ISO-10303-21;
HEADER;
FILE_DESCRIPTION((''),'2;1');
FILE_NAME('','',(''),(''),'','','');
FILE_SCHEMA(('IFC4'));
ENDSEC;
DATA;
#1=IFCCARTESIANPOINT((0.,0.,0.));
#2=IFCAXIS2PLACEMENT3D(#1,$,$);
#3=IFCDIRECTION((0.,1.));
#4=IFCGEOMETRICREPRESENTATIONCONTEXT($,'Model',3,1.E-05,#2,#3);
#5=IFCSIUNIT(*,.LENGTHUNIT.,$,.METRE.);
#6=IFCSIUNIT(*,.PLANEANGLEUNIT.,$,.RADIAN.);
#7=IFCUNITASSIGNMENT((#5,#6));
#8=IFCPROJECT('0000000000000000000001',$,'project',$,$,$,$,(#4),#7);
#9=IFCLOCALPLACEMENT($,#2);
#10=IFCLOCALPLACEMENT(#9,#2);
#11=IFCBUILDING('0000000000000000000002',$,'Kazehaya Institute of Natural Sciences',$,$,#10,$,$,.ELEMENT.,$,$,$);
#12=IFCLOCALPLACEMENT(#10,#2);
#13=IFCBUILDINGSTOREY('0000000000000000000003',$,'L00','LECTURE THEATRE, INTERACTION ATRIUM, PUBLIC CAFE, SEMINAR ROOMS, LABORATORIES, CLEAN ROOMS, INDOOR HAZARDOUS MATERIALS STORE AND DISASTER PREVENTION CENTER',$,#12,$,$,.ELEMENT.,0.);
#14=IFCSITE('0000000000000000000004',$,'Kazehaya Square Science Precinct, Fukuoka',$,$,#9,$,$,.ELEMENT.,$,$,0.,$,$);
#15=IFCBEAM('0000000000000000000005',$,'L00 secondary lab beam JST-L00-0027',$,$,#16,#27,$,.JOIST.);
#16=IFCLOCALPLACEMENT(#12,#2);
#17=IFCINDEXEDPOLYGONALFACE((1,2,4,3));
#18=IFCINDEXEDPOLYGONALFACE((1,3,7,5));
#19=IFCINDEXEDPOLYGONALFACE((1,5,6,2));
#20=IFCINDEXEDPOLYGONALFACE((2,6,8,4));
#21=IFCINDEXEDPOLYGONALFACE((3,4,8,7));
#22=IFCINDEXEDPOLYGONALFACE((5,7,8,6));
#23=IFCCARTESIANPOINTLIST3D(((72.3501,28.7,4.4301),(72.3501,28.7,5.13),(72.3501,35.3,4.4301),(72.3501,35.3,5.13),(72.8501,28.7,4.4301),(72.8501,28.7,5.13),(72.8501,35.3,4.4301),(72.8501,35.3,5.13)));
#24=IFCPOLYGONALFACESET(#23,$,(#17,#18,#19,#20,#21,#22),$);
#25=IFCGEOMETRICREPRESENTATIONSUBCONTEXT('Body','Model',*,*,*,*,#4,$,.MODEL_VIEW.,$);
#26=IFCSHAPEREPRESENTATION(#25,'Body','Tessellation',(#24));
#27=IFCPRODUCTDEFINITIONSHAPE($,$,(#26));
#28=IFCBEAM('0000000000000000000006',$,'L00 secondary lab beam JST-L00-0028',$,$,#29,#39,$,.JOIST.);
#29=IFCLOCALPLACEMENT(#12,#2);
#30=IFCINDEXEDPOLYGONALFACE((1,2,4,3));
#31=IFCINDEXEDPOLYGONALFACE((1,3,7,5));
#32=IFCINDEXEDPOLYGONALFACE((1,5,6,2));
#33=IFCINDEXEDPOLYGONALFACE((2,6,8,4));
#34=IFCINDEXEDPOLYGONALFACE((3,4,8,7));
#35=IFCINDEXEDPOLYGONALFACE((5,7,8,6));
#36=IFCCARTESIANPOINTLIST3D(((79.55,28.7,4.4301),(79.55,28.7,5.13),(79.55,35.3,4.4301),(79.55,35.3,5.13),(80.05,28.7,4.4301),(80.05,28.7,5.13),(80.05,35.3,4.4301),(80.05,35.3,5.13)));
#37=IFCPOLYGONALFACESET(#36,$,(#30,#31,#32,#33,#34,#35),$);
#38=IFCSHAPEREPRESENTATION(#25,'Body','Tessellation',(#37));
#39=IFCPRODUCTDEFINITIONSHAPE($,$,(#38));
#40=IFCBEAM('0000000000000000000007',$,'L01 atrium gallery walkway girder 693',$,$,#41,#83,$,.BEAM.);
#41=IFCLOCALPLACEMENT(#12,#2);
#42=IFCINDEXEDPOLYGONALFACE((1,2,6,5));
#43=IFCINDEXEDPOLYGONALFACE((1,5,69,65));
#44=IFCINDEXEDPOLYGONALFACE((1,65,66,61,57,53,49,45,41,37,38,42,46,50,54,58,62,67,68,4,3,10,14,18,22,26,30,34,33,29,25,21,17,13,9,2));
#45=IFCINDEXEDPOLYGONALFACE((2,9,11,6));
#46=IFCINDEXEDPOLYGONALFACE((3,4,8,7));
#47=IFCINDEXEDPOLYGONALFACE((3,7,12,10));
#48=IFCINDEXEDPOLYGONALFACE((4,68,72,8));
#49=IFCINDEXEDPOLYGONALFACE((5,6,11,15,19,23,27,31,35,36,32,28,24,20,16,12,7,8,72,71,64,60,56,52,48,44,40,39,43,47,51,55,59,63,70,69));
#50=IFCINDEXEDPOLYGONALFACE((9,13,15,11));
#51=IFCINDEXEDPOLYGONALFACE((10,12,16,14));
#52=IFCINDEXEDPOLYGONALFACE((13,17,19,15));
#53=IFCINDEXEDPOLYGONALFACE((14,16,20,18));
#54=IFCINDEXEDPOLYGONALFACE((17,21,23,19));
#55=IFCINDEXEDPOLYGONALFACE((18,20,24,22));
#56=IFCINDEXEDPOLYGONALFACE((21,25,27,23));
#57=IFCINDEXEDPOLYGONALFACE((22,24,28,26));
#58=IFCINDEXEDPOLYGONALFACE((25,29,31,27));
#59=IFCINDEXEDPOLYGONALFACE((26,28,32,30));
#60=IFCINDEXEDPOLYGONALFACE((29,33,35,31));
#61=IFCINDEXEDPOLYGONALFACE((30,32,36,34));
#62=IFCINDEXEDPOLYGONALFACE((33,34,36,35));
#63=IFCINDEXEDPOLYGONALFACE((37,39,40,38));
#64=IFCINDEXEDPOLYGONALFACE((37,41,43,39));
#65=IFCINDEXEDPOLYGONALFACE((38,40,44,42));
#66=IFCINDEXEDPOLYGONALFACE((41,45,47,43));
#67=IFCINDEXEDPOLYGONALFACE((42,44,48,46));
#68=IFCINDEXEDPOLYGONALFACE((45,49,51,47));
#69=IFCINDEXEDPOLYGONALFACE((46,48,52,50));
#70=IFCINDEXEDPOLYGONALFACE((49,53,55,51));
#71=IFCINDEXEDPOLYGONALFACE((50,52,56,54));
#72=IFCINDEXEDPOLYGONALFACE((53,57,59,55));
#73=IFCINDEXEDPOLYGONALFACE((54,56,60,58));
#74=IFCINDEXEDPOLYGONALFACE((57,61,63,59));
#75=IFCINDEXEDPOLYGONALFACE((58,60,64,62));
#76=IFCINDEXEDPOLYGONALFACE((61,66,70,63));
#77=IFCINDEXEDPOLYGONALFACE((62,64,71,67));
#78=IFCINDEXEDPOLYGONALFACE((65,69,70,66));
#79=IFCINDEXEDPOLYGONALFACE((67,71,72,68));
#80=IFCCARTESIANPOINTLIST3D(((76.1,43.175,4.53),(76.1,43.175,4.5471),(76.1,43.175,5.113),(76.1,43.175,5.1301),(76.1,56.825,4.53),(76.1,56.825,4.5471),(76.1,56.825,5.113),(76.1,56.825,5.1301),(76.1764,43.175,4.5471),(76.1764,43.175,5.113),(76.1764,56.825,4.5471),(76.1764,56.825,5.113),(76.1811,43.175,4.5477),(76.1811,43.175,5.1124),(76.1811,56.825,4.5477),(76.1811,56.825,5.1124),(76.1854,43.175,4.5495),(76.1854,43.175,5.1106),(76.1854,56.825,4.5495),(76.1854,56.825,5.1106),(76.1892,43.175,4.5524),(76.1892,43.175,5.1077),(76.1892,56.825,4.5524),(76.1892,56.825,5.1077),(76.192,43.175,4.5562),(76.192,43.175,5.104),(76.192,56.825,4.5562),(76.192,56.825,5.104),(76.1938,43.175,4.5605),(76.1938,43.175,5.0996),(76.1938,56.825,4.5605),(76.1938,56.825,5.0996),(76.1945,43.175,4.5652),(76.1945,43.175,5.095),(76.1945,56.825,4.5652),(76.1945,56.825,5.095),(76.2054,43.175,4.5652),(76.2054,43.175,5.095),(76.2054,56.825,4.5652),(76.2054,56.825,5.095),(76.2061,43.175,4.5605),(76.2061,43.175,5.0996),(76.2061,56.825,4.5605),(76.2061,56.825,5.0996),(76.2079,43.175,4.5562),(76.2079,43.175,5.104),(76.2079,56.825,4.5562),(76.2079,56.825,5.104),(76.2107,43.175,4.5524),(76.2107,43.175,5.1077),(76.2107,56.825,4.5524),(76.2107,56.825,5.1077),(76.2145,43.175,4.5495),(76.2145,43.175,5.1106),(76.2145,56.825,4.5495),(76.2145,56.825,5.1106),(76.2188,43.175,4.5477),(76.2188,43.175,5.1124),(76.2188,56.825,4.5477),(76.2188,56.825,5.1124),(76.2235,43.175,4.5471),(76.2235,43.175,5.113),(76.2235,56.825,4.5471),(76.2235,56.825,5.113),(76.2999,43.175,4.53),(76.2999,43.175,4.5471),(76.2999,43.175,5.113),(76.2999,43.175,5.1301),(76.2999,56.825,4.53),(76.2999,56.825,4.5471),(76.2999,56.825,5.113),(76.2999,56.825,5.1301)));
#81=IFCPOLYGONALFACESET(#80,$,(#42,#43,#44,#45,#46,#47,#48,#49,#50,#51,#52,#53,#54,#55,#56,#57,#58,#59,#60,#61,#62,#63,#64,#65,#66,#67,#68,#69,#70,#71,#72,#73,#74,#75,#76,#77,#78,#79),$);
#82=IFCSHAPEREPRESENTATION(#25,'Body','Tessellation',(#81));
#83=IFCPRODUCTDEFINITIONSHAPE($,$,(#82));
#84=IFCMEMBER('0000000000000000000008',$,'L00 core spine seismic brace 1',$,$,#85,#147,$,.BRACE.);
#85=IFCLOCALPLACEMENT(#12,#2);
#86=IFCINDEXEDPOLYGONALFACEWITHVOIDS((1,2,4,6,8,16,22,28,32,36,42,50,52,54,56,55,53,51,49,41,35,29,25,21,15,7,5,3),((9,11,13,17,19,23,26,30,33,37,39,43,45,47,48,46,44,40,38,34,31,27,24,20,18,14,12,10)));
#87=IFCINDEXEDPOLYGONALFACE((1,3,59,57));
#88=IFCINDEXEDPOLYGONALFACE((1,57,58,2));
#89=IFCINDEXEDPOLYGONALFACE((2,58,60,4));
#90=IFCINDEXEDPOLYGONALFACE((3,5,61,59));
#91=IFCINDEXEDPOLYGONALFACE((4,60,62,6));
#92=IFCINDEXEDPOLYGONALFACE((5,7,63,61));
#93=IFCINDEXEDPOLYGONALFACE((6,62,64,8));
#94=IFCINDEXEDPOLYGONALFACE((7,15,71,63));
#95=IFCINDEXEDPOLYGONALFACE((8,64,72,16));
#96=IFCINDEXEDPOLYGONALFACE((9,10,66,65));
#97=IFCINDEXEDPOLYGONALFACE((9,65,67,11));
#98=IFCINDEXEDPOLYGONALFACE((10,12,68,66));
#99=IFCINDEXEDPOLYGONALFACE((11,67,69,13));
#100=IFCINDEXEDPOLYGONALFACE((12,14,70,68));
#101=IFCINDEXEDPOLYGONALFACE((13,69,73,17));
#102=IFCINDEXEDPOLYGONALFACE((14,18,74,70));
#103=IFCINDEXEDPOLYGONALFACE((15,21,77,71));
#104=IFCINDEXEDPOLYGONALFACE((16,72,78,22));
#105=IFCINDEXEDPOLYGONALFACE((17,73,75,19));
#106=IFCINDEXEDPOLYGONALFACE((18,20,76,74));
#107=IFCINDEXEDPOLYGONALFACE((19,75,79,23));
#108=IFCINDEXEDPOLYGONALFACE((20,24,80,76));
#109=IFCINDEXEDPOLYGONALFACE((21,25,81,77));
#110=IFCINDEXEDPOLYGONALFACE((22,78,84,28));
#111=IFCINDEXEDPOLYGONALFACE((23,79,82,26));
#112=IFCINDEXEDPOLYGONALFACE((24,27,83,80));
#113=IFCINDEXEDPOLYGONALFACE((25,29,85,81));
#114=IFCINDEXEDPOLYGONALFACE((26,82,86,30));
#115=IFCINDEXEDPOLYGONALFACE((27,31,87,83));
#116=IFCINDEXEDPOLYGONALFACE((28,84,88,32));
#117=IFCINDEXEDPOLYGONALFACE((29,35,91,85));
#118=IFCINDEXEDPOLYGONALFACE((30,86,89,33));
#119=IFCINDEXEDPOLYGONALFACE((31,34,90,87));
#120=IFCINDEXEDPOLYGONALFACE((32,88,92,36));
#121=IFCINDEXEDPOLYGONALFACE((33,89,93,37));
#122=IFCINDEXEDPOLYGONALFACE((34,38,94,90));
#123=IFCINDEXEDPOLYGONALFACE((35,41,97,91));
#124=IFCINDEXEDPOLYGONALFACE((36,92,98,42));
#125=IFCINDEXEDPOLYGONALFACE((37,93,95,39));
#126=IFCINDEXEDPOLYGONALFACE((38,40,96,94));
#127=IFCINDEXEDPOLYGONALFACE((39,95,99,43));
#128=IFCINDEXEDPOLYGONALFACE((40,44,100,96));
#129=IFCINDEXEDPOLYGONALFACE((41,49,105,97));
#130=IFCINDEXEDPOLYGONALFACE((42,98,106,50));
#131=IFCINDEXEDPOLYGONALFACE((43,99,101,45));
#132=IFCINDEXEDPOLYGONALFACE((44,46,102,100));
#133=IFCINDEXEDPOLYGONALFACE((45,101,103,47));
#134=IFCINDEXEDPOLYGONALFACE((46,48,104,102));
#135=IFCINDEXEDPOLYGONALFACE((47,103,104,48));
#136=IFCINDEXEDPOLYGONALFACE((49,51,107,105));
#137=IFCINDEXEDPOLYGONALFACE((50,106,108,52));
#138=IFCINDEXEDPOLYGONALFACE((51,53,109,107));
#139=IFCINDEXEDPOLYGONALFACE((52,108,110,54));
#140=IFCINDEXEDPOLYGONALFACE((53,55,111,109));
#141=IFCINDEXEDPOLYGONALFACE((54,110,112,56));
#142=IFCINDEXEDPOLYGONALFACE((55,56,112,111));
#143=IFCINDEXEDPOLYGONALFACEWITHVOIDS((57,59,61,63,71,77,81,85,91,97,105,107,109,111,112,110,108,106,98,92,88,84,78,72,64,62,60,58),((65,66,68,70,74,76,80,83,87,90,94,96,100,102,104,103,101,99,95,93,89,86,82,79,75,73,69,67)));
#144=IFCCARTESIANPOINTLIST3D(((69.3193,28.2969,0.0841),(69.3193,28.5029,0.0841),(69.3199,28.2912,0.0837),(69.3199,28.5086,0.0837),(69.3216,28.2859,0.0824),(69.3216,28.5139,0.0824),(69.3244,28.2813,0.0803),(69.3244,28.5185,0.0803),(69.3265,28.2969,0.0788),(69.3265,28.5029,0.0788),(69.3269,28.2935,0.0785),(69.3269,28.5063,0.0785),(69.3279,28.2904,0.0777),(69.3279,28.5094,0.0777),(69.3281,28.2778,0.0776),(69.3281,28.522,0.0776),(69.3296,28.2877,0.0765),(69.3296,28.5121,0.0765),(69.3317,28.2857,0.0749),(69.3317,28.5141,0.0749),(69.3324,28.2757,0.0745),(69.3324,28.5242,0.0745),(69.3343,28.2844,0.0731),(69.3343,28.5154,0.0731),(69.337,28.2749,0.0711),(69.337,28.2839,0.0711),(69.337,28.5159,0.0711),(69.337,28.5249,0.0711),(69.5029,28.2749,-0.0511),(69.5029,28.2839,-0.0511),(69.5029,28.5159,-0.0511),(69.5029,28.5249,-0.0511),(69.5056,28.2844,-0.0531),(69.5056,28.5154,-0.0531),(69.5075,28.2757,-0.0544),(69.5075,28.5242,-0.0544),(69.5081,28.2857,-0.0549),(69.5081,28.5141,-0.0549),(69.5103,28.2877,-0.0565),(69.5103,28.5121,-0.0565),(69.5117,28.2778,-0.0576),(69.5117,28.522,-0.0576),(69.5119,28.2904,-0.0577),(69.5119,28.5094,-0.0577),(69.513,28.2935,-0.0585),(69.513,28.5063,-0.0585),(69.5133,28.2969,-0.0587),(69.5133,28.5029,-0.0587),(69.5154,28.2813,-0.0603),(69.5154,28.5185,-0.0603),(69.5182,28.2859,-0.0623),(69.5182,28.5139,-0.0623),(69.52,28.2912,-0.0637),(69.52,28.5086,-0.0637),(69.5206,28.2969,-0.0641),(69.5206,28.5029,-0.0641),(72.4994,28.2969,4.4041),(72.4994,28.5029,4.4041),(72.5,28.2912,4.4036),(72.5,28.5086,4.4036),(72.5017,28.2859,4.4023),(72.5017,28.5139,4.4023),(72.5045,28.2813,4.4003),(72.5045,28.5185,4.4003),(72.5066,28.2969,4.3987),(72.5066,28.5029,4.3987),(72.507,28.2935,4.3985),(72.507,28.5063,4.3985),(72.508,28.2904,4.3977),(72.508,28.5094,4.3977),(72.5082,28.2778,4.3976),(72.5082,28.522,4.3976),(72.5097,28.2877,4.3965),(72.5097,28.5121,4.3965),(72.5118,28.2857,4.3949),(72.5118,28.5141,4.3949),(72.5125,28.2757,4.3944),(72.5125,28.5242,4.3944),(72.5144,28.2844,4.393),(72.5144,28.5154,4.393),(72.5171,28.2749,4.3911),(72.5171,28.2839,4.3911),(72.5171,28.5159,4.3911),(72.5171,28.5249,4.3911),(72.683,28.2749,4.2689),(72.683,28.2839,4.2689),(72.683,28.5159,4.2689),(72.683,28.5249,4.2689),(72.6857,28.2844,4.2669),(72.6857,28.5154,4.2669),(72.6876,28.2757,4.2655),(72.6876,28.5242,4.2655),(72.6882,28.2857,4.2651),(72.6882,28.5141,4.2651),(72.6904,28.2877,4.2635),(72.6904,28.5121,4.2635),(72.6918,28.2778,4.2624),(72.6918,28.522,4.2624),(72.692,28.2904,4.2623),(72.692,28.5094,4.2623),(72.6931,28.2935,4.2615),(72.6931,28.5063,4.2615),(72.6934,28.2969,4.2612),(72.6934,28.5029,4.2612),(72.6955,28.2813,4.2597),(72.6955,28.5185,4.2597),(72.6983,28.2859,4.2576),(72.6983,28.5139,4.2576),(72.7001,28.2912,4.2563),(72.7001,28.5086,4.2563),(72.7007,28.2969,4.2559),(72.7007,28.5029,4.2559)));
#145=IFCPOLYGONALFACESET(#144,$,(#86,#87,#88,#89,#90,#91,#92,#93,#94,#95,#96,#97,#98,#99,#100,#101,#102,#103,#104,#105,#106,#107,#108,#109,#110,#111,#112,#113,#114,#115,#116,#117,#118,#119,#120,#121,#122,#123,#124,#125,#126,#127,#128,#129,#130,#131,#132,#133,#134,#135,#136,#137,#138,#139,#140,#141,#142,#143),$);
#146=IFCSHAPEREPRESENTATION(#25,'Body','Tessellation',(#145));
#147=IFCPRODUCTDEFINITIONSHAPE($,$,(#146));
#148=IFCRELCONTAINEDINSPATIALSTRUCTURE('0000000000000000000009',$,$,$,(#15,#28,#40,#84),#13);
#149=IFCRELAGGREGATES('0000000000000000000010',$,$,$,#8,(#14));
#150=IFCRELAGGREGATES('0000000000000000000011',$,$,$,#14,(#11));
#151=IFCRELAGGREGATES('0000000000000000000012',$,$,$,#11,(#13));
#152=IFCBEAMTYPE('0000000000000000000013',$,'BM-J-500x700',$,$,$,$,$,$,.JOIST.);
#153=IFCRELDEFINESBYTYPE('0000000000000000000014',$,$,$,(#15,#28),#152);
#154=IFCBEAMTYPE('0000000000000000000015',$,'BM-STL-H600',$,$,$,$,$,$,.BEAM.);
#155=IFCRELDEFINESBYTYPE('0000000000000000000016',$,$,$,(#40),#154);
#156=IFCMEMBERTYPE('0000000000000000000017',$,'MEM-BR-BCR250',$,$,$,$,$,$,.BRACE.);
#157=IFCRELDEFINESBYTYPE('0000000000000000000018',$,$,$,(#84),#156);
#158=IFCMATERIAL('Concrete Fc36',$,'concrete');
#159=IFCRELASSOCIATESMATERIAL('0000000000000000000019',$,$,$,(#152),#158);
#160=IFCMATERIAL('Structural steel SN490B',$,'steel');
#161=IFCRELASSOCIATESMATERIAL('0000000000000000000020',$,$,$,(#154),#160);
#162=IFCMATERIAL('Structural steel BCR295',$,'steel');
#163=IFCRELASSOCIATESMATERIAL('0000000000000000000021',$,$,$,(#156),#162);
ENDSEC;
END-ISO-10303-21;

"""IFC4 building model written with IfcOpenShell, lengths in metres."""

from ifc_helpers import new_model, si_unit, direction, frame, origin, origin_2d, place, context, subcontext, project, spatial, rectangle, hollow_rectangle, i_section, extrude, material, material_profile, profile_set, type_object, element, save


model = new_model("IFC4")

# Units and contexts
model_context = context("Model", 3, precision=1e-05, world=origin(), true_north=direction((0.0, 1.0)))
body_context = subcontext(model_context, "Body", "Model", "MODEL_VIEW")
ifc_project = project(units=[si_unit("LENGTHUNIT", "METRE"), si_unit("PLANEANGLEUNIT", "RADIAN")], contexts=[model_context])

# Site, building, storey
site_placement = place(None, origin())
site = spatial("IfcSite", under=ifc_project, at=site_placement, Name="Kazehaya Square Science Precinct, Fukuoka", CompositionType="ELEMENT", RefElevation=0.0)
building_placement = place(site_placement, origin())
building = spatial("IfcBuilding", under=site, at=building_placement, Name="Kazehaya Institute of Natural Sciences", CompositionType="ELEMENT")
storey_placement = place(building_placement, origin())
storey = spatial("IfcBuildingStorey", under=building, at=storey_placement, Name="L00", Description="LECTURE THEATRE, INTERACTION ATRIUM, PUBLIC CAFE, SEMINAR ROOMS, LABORATORIES, CLEAN ROOMS, INDOOR HAZARDOUS MATERIALS STORE AND DISASTER PREVENTION CENTER", CompositionType="ELEMENT", Elevation=0.0)

# Shared definitions
ifc_material_1 = material(Name="Concrete Fc36", Category="concrete")

# Beams
ifc_material_profile_1 = material_profile(ifc_material_1, rectangle(XDim=0.5, YDim=0.7, at=origin_2d()), Name="RC-500x700")
ifc_profile_set_1 = profile_set([ifc_material_profile_1], Name="Concrete Fc36")
beam_type_1 = type_object("IfcBeamType", Name="BM-J-500x700", PredefinedType="JOIST", material=ifc_profile_set_1)
for number, where, z_axis, x_axis, name in (
    (1, (72.6001, 28.7, 4.78), (0.0, 1.0, 0.0), (-1.0, 0.0, 0.0), "L00 secondary lab beam JST-L00-0027"),
    (2, (79.8, 28.7, 4.78), (0.0, 1.0, 0.0), (-1.0, 0.0, 0.0), "L00 secondary lab beam JST-L00-0028"),
):
    element("IfcBeam", number, at=place(storey_placement, frame(where, z_axis=z_axis, x_axis=x_axis)), inside=storey, type_object=beam_type_1, Name=name, PredefinedType="JOIST", context=body_context, shape_type="SweptSolid", body=[
        extrude(rectangle(XDim=0.5, YDim=0.7, at=origin_2d()), origin(), (0.0, 0.0, 1.0), 6.6001),
    ])
ifc_material_2 = material(Name="Structural steel SN490B", Category="steel")
ifc_material_profile_2 = material_profile(ifc_material_2, i_section(OverallWidth=0.2, OverallDepth=0.6001, WebThickness=0.011, FlangeThickness=0.0171, FilletRadius=0.0181, at=origin_2d()), Name="H-600x200x11x17")
ifc_profile_set_2 = profile_set([ifc_material_profile_2], Name="Structural steel SN490B")
beam_type_2 = type_object("IfcBeamType", Name="BM-STL-H600", PredefinedType="BEAM", material=ifc_profile_set_2)
beam_1_placement = place(storey_placement, frame((76.2, 43.175, 4.8301), z_axis=(0.0, 1.0, 0.0), x_axis=(-1.0, 0.0, 0.0)))
element("IfcBeam", 3, at=beam_1_placement, inside=storey, type_object=beam_type_2, Name="L01 atrium gallery walkway girder 693", PredefinedType="BEAM", context=body_context, shape_type="SweptSolid", body=[
    extrude(i_section(OverallWidth=0.2, OverallDepth=0.6001, WebThickness=0.011, FlangeThickness=0.0171, FilletRadius=0.0181, at=origin_2d()), origin(), (0.0, 0.0, 1.0), 13.6499),
])

# Member
ifc_material_3 = material(Name="Structural steel BCR295", Category="steel")
ifc_material_profile_3 = material_profile(ifc_material_3, hollow_rectangle(XDim=0.25, YDim=0.25, WallThickness=0.009, InnerFilletRadius=0.0129, OuterFilletRadius=0.022, at=origin_2d()), Name="BCR-250x250x9")
ifc_profile_set_3 = profile_set([ifc_material_profile_3], Name="Structural steel BCR295")
member_type = type_object("IfcMemberType", Name="MEM-BR-BCR250", PredefinedType="BRACE", material=ifc_profile_set_3)
for number, where, z_axis, x_axis, name in (
    (4, (69.4199, 28.3999, 0.01), (0.592833, 0.0, 0.805326), (0.0, 1.0, 0.0), "L00 core spine seismic brace 1"),
):
    element("IfcMember", number, at=place(storey_placement, frame(where, z_axis=z_axis, x_axis=x_axis)), inside=storey, type_object=member_type, Name=name, PredefinedType="BRACE", context=body_context, shape_type="SweptSolid", body=[
        extrude(hollow_rectangle(XDim=0.25, YDim=0.25, WallThickness=0.009, InnerFilletRadius=0.0129, OuterFilletRadius=0.022, at=origin_2d()), origin(), (0.0, 0.0, 1.0), 5.3643),
    ])

save(model, "model.ifc")
